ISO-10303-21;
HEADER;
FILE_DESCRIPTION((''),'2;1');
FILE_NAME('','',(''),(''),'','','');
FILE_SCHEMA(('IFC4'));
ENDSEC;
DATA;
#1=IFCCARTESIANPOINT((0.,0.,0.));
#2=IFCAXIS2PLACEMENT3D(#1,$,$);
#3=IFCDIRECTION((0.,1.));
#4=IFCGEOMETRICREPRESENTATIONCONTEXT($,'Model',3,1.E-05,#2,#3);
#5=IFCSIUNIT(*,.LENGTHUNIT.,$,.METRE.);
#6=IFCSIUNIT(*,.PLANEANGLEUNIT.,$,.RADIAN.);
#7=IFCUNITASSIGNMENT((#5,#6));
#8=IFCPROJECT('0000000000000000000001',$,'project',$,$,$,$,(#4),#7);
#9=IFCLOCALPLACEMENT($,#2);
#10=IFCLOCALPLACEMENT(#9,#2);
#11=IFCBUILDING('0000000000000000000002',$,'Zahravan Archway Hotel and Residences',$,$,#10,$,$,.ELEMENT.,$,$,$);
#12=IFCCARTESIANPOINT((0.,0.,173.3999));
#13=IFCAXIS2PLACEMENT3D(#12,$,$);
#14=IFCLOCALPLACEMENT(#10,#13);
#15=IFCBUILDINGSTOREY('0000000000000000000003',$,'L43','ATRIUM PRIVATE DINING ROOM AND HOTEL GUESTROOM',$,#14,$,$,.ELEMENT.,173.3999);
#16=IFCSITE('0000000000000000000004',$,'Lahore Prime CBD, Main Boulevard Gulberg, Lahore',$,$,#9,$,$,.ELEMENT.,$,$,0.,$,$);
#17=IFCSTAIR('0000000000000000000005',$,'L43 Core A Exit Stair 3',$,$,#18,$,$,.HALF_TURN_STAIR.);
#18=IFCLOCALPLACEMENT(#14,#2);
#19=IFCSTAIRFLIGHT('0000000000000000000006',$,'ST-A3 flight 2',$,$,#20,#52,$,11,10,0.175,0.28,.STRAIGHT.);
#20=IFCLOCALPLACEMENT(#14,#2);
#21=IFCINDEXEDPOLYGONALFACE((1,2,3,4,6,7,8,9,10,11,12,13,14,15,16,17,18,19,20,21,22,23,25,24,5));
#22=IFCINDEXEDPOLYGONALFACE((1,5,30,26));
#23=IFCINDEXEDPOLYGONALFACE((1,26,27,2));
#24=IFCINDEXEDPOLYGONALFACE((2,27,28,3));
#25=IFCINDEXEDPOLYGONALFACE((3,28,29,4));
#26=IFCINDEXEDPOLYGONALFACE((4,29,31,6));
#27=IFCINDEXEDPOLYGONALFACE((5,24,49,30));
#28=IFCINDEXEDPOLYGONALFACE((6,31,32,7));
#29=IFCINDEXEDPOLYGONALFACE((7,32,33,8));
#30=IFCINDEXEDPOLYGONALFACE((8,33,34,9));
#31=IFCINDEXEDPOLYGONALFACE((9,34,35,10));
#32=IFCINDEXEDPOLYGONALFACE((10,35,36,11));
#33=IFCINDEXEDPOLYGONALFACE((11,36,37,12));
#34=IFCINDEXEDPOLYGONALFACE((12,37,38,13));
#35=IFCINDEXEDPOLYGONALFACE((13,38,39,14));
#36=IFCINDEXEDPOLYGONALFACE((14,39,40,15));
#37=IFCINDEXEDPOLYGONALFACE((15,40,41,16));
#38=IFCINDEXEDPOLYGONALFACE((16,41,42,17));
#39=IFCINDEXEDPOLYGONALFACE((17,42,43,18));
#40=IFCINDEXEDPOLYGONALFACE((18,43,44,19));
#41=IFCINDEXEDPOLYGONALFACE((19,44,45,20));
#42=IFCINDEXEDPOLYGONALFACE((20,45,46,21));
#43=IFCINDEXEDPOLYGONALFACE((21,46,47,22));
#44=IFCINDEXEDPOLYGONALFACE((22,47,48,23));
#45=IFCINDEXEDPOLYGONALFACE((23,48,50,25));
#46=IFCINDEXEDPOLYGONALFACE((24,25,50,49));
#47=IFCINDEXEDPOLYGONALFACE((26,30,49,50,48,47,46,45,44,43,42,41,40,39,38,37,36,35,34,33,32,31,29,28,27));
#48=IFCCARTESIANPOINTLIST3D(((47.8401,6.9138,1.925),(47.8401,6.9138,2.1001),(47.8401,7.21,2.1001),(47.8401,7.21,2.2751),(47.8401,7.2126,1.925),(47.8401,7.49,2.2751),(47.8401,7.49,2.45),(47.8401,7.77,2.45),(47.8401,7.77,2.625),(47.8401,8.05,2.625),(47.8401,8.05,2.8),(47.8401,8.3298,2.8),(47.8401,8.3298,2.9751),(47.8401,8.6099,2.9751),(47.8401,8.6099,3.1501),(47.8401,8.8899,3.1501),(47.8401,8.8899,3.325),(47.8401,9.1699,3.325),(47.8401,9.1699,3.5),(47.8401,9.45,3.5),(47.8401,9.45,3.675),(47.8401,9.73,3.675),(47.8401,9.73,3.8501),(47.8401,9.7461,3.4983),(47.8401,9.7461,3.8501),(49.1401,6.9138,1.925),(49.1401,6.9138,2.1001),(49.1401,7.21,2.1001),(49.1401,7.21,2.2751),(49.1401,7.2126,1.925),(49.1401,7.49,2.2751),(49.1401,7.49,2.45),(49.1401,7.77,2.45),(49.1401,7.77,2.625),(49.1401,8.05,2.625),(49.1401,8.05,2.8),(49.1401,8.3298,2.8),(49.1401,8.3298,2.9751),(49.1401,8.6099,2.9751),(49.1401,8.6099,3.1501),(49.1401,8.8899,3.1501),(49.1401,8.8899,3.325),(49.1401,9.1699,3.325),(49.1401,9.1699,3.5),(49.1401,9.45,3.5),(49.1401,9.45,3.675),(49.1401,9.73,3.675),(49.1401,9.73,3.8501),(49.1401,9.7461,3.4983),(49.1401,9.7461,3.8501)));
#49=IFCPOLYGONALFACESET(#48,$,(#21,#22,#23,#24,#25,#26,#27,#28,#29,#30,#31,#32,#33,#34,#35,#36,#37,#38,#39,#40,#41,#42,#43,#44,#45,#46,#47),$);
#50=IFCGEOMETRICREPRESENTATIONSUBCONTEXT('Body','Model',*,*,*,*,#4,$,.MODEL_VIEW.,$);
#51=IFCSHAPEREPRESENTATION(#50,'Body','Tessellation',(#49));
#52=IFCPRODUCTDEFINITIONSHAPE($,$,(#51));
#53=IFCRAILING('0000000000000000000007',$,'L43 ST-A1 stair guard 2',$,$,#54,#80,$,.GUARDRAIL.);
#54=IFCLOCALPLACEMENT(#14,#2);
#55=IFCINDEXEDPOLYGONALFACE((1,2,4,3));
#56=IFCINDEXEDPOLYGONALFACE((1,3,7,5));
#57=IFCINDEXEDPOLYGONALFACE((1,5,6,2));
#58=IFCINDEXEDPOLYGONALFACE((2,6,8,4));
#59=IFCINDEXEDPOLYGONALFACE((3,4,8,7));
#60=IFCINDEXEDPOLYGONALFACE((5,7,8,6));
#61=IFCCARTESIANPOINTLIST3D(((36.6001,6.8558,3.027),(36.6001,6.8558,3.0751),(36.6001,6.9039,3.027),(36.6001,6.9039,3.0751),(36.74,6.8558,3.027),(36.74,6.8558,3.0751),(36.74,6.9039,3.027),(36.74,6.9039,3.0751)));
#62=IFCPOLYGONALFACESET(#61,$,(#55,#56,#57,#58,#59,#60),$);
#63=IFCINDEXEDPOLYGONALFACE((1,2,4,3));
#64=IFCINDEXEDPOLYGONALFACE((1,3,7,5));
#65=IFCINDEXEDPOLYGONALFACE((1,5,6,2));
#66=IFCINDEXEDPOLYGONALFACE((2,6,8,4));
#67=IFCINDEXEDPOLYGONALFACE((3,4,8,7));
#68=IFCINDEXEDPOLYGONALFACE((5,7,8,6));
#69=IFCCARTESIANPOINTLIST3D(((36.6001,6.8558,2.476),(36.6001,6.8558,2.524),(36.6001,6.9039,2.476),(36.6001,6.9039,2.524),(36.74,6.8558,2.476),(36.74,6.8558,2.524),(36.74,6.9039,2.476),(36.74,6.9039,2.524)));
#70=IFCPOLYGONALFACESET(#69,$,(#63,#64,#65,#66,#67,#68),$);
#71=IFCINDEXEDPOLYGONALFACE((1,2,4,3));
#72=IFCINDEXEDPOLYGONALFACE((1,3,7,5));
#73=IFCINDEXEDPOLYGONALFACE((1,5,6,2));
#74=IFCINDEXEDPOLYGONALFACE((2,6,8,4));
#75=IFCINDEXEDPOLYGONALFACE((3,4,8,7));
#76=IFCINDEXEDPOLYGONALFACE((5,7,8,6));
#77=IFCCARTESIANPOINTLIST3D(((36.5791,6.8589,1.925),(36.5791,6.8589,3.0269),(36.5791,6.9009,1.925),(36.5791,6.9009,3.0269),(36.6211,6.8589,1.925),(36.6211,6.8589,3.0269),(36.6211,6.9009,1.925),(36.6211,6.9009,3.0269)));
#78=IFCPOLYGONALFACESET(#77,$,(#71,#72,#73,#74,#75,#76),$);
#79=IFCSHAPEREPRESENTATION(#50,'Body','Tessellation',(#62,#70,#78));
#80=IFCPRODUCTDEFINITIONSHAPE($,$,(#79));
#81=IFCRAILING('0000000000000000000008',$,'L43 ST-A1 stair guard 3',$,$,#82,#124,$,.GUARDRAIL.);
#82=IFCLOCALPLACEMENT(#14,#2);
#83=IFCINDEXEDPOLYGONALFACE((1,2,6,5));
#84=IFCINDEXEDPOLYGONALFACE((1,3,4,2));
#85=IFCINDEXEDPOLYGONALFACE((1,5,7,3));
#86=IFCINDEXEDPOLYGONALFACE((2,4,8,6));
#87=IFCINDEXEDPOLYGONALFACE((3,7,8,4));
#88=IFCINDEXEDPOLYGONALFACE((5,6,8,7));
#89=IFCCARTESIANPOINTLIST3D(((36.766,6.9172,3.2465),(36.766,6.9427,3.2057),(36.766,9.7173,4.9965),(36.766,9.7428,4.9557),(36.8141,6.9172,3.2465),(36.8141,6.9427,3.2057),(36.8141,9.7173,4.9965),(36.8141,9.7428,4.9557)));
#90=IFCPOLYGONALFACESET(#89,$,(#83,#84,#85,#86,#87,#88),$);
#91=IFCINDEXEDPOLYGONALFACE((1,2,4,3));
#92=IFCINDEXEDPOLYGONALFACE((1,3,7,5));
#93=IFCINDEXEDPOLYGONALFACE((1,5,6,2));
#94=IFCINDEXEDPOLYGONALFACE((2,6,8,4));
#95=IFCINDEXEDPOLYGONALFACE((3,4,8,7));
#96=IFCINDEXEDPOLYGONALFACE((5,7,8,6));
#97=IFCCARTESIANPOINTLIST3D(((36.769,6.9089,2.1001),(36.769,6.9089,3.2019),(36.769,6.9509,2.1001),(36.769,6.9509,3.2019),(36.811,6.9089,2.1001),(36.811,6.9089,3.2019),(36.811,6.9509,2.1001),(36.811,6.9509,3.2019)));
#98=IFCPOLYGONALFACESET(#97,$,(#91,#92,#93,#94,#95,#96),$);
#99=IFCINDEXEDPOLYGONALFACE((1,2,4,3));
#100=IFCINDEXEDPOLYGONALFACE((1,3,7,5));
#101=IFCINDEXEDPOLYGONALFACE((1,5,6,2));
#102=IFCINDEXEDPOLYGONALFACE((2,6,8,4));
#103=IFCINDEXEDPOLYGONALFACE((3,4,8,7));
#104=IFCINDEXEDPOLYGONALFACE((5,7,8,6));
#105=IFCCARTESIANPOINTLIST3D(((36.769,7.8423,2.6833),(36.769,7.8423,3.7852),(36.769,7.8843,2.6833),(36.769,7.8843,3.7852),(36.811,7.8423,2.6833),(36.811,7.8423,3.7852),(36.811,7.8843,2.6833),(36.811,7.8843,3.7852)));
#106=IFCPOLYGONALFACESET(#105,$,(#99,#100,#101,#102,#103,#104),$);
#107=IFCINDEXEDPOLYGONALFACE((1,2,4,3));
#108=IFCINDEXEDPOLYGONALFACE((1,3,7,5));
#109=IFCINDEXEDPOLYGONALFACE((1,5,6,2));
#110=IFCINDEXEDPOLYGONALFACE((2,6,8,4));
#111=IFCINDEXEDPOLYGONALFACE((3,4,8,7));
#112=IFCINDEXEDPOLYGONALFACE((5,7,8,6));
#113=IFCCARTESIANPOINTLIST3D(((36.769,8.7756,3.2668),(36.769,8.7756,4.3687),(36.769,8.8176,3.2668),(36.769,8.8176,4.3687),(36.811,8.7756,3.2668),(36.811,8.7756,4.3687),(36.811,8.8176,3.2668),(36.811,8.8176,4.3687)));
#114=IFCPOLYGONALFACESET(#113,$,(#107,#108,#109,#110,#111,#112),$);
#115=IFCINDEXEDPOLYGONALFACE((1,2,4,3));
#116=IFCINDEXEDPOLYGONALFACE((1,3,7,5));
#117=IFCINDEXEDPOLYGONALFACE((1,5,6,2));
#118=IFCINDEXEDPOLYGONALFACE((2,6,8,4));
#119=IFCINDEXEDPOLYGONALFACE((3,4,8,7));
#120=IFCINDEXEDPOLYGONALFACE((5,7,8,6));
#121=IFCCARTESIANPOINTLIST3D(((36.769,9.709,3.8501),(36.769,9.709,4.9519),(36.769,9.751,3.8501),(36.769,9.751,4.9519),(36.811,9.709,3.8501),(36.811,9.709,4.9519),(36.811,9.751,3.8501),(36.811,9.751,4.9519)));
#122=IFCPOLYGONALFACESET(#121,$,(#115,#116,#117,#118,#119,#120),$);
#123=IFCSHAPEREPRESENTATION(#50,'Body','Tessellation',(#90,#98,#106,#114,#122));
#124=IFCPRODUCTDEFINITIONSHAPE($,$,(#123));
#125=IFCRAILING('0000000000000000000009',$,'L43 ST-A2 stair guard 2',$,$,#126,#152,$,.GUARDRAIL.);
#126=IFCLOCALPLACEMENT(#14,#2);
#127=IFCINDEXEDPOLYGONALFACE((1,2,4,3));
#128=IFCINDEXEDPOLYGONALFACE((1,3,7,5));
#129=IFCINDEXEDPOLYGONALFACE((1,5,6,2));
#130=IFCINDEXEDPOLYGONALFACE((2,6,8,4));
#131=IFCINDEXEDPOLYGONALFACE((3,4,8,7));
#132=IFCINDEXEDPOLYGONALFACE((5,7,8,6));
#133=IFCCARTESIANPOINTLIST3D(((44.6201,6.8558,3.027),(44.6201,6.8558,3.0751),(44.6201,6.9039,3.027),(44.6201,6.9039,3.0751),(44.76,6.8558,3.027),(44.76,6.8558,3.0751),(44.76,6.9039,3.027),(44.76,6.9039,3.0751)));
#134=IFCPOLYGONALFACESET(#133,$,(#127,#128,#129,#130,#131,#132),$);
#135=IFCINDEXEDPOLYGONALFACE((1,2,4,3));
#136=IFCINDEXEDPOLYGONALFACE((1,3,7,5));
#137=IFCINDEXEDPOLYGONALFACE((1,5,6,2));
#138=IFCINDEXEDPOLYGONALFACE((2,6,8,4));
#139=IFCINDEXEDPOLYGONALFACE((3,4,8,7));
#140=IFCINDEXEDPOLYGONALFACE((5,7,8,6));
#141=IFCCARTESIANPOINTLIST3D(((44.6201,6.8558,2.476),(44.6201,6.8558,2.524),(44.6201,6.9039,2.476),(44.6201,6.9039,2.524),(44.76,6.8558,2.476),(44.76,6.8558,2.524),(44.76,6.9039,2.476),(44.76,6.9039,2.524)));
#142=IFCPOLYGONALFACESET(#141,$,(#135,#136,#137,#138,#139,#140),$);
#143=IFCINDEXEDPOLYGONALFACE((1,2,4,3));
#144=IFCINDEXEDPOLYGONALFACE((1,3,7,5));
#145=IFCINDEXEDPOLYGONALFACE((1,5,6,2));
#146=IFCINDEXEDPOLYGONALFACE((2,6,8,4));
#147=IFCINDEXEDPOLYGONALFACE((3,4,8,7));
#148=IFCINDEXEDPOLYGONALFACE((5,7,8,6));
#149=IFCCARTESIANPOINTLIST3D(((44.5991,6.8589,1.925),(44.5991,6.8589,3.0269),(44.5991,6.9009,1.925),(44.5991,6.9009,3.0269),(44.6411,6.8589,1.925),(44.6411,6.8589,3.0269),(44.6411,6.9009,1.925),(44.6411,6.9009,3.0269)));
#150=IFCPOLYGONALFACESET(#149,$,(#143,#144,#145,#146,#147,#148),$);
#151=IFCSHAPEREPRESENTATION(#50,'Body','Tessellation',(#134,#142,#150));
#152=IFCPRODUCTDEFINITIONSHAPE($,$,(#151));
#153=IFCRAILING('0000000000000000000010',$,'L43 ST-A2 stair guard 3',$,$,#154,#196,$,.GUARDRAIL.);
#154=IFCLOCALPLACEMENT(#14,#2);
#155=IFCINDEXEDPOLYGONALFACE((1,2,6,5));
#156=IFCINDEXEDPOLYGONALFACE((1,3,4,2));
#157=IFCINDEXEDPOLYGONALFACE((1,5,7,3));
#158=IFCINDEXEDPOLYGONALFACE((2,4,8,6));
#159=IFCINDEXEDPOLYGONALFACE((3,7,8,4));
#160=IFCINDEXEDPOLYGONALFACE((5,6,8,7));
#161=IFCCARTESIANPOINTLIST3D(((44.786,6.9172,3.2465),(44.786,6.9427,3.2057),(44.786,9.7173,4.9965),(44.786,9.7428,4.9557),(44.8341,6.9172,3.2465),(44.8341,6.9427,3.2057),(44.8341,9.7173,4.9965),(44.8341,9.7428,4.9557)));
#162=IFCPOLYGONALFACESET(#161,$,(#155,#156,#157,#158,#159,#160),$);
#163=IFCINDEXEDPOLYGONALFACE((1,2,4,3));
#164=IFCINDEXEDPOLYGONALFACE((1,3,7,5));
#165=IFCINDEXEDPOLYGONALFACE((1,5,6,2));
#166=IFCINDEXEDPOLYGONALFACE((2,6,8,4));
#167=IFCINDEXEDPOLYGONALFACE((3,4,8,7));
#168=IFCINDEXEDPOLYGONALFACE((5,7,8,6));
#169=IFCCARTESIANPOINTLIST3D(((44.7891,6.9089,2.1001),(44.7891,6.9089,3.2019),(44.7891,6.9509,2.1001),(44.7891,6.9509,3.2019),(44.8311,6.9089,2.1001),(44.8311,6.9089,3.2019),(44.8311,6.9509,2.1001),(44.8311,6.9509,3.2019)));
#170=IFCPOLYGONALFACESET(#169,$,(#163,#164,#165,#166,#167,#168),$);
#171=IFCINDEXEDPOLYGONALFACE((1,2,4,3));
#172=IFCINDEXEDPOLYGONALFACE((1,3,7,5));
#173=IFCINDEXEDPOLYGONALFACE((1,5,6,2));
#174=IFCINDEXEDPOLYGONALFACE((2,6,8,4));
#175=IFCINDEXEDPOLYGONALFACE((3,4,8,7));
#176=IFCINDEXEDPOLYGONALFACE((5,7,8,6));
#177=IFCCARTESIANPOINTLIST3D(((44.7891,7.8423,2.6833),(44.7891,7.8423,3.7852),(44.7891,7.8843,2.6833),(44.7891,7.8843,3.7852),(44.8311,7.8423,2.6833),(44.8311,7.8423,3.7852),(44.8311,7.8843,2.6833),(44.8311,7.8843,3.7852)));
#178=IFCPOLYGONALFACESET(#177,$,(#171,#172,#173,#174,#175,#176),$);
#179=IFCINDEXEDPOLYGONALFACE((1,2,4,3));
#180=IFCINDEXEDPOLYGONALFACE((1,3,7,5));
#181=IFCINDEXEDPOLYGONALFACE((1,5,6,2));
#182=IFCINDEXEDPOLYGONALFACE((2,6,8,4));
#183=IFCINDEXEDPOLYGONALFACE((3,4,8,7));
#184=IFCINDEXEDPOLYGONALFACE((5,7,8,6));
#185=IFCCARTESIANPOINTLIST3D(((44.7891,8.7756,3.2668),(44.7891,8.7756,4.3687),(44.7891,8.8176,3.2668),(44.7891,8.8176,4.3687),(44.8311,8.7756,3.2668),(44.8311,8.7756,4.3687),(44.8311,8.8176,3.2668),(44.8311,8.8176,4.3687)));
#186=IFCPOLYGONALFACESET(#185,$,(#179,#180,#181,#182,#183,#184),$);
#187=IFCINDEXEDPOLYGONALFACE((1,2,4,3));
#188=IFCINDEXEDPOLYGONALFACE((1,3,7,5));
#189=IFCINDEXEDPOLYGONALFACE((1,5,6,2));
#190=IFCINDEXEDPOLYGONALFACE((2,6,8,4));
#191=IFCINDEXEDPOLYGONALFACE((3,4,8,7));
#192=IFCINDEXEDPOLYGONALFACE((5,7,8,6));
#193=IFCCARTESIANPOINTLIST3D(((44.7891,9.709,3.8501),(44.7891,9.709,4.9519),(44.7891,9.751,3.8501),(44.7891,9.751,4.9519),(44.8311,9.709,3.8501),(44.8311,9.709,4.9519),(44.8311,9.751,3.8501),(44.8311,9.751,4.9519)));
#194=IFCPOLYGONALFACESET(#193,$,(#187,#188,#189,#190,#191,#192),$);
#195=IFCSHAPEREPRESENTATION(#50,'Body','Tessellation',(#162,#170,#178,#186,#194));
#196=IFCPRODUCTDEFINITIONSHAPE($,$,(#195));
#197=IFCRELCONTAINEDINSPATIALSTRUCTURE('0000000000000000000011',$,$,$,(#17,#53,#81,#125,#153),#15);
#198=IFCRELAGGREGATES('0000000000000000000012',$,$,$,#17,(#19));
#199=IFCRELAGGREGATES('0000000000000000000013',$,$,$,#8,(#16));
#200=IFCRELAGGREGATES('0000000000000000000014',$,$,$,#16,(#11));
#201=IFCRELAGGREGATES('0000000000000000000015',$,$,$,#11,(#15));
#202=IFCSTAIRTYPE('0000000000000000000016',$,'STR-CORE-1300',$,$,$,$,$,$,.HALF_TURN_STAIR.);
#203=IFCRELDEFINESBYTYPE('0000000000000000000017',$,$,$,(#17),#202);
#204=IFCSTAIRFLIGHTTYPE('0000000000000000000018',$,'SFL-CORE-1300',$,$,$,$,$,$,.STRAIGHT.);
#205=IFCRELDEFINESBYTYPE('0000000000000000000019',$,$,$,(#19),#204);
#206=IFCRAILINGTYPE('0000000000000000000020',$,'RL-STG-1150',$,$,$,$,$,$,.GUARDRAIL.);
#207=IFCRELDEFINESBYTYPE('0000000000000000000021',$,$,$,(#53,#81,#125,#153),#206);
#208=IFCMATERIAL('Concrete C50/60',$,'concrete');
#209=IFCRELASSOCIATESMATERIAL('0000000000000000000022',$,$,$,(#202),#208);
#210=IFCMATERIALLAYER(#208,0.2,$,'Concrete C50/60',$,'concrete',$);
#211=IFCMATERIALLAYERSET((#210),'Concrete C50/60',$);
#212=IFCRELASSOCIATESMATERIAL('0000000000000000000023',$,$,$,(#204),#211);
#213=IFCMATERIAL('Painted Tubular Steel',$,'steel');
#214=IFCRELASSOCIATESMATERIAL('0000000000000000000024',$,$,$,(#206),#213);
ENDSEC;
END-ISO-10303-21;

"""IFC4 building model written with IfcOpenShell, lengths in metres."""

from ifc_helpers import new_model, si_unit, direction, frame, origin, origin_2d, place, context, subcontext, project, spatial, polyline, rectangle, outline, extrude, source, transform, mapped, material, layer, layer_set, type_object, element, aggregate, save


model = new_model("IFC4")

# Units and contexts
model_context = context("Model", 3, precision=1e-05, world=origin(), true_north=direction((0.0, 1.0)))
body_context = subcontext(model_context, "Body", "Model", "MODEL_VIEW")
ifc_project = project(units=[si_unit("LENGTHUNIT", "METRE"), si_unit("PLANEANGLEUNIT", "RADIAN")], contexts=[model_context])

# Site, building, storey
site_placement = place(None, origin())
site = spatial("IfcSite", under=ifc_project, at=site_placement, Name="Lahore Prime CBD, Main Boulevard Gulberg, Lahore", CompositionType="ELEMENT", RefElevation=0.0)
building_placement = place(site_placement, origin())
building = spatial("IfcBuilding", under=site, at=building_placement, Name="Zahravan Archway Hotel and Residences", CompositionType="ELEMENT")
storey_placement = place(building_placement, frame((0.0, 0.0, 173.3999)))
storey = spatial("IfcBuildingStorey", under=building, at=storey_placement, Name="L43", Description="ATRIUM PRIVATE DINING ROOM AND HOTEL GUESTROOM", CompositionType="ELEMENT", Elevation=173.3999)

# Shared definitions
ifc_material_1 = material(Name="Concrete C50/60", Category="concrete")

# Stair, stair flight
stair_type = type_object("IfcStairType", Name="STR-CORE-1300", PredefinedType="HALF_TURN_STAIR", material=ifc_material_1)
ifc_layer_1 = layer(ifc_material_1, 0.2, Name="Concrete C50/60", Category="concrete")
ifc_layer_set_1 = layer_set([ifc_layer_1], Name="Concrete C50/60")
stair_flight_type = type_object("IfcStairFlightType", Name="SFL-CORE-1300", PredefinedType="STRAIGHT", material=ifc_layer_set_1)
shared_shape_1 = source(origin(), body_context, "Body", "SweptSolid", [
    extrude(outline(polyline([(-0.0161, 0.0), (-0.0161, 0.175), (0.28, 0.175), (0.28, 0.3501), (0.5601, 0.3501), (0.5601, 0.5249), (0.8401, 0.5249), (0.8401, 0.7), (1.1201, 0.7), (1.1201, 0.875), (1.3999, 0.875), (1.3999, 1.05), (1.6799, 1.05), (1.6799, 1.2251), (1.96, 1.2251), (1.96, 1.3999), (2.24, 1.3999), (2.24, 1.575), (2.52, 1.575), (2.52, 1.75), (2.8, 1.75), (2.8, 1.925), (2.8162, 1.925), (2.8162, 1.5732), (0.2827, 0.0), (-0.0161, 0.0)])), frame((0.0, 0.6499, 0.0), z_axis=(0.0, -1.0, 0.0), x_axis=(1.0, 0.0, 0.0)), (0.0, 0.0, 1.0), 1.3),
])
stair_1_placement = place(storey_placement, origin())
stair_1 = element("IfcStair", 1, at=stair_1_placement, inside=storey, type_object=stair_type, Name="L43 Core A Exit Stair 3", PredefinedType="HALF_TURN_STAIR")
stair_flight_1_placement = place(storey_placement, frame((48.49, 6.9299, 1.925), z_axis=(0.0, 0.0, 1.0), x_axis=(0.0, 1.0, 0.0)))
stair_flight_1 = element("IfcStairFlight", 2, at=stair_flight_1_placement, type_object=stair_flight_type, Name="ST-A3 flight 2", NumberOfRisers=11, NumberOfTreads=10, PredefinedType="STRAIGHT", RiserHeight=0.175, TreadLength=0.28, context=body_context, shape_type="MappedRepresentation", body=[
    mapped(shared_shape_1, transform((0.0, 0.0, 0.0), scale=1.0)),
])
aggregate(stair_1, [stair_flight_1])

# Railings
ifc_material_2 = material(Name="Painted Tubular Steel", Category="steel")
railing_type_1 = type_object("IfcRailingType", Name="RL-STG-1150", PredefinedType="GUARDRAIL", material=ifc_material_2)
railing_1_placement = place(storey_placement, frame((36.6001, 6.8799, 1.925)))
element("IfcRailing", 3, at=railing_1_placement, inside=storey, type_object=railing_type_1, Name="L43 ST-A1 stair guard 2", PredefinedType="GUARDRAIL", context=body_context, shape_type="SweptSolid", body=[
    extrude(rectangle(XDim=0.0481, YDim=0.0481, at=origin_2d()), frame((0.0, 0.0, 1.126), z_axis=(1.0, 0.0, 0.0), x_axis=(0.0, 1.0, 0.0)), (0.0, 0.0, 1.0), 0.1399),
    extrude(rectangle(XDim=0.0481, YDim=0.0481, at=origin_2d()), frame((0.0, 0.0, 0.575), z_axis=(1.0, 0.0, 0.0), x_axis=(0.0, 1.0, 0.0)), (0.0, 0.0, 1.0), 0.1399),
    extrude(rectangle(XDim=0.042, YDim=0.042, at=origin_2d()), origin(), (0.0, 0.0, 1.0), 1.1018),
])
railing_2_placement = place(storey_placement, frame((36.79, 6.9299, 2.1001)))
element("IfcRailing", 4, at=railing_2_placement, inside=storey, type_object=railing_type_1, Name="L43 ST-A1 stair guard 3", PredefinedType="GUARDRAIL", context=body_context, shape_type="SweptSolid", body=[
    extrude(rectangle(XDim=0.0481, YDim=0.0481, at=origin_2d()), frame((0.0, 0.0, 1.126), z_axis=(0.0, 0.848002, 0.529992), x_axis=(-1.0, 0.0, 0.0)), (0.0, 0.0, 1.0), 3.302),
    extrude(rectangle(XDim=0.042, YDim=0.042, at=origin_2d()), origin(), (0.0, 0.0, 1.0), 1.1018),
    extrude(rectangle(XDim=0.042, YDim=0.042, at=origin_2d()), frame((0.0, 0.9333, 0.5833)), (0.0, 0.0, 1.0), 1.1018),
    extrude(rectangle(XDim=0.042, YDim=0.042, at=origin_2d()), frame((0.0, 1.8667, 1.1667)), (0.0, 0.0, 1.0), 1.1018),
    extrude(rectangle(XDim=0.042, YDim=0.042, at=origin_2d()), frame((0.0, 2.8, 1.75)), (0.0, 0.0, 1.0), 1.1018),
])
railing_3_placement = place(storey_placement, frame((44.6201, 6.8799, 1.925)))
element("IfcRailing", 5, at=railing_3_placement, inside=storey, type_object=railing_type_1, Name="L43 ST-A2 stair guard 2", PredefinedType="GUARDRAIL", context=body_context, shape_type="SweptSolid", body=[
    extrude(rectangle(XDim=0.0481, YDim=0.0481, at=origin_2d()), frame((0.0, 0.0, 1.126), z_axis=(1.0, 0.0, 0.0), x_axis=(0.0, 1.0, 0.0)), (0.0, 0.0, 1.0), 0.1399),
    extrude(rectangle(XDim=0.0481, YDim=0.0481, at=origin_2d()), frame((0.0, 0.0, 0.575), z_axis=(1.0, 0.0, 0.0), x_axis=(0.0, 1.0, 0.0)), (0.0, 0.0, 1.0), 0.1399),
    extrude(rectangle(XDim=0.042, YDim=0.042, at=origin_2d()), origin(), (0.0, 0.0, 1.0), 1.1018),
])
railing_4_placement = place(storey_placement, frame((44.8101, 6.9299, 2.1001)))
element("IfcRailing", 6, at=railing_4_placement, inside=storey, type_object=railing_type_1, Name="L43 ST-A2 stair guard 3", PredefinedType="GUARDRAIL", context=body_context, shape_type="SweptSolid", body=[
    extrude(rectangle(XDim=0.0481, YDim=0.0481, at=origin_2d()), frame((0.0, 0.0, 1.126), z_axis=(0.0, 0.848002, 0.529992), x_axis=(-1.0, 0.0, 0.0)), (0.0, 0.0, 1.0), 3.302),
    extrude(rectangle(XDim=0.042, YDim=0.042, at=origin_2d()), origin(), (0.0, 0.0, 1.0), 1.1018),
    extrude(rectangle(XDim=0.042, YDim=0.042, at=origin_2d()), frame((0.0, 0.9333, 0.5833)), (0.0, 0.0, 1.0), 1.1018),
    extrude(rectangle(XDim=0.042, YDim=0.042, at=origin_2d()), frame((0.0, 1.8667, 1.1667)), (0.0, 0.0, 1.0), 1.1018),
    extrude(rectangle(XDim=0.042, YDim=0.042, at=origin_2d()), frame((0.0, 2.8, 1.75)), (0.0, 0.0, 1.0), 1.1018),
])

save(model, "model.ifc")
